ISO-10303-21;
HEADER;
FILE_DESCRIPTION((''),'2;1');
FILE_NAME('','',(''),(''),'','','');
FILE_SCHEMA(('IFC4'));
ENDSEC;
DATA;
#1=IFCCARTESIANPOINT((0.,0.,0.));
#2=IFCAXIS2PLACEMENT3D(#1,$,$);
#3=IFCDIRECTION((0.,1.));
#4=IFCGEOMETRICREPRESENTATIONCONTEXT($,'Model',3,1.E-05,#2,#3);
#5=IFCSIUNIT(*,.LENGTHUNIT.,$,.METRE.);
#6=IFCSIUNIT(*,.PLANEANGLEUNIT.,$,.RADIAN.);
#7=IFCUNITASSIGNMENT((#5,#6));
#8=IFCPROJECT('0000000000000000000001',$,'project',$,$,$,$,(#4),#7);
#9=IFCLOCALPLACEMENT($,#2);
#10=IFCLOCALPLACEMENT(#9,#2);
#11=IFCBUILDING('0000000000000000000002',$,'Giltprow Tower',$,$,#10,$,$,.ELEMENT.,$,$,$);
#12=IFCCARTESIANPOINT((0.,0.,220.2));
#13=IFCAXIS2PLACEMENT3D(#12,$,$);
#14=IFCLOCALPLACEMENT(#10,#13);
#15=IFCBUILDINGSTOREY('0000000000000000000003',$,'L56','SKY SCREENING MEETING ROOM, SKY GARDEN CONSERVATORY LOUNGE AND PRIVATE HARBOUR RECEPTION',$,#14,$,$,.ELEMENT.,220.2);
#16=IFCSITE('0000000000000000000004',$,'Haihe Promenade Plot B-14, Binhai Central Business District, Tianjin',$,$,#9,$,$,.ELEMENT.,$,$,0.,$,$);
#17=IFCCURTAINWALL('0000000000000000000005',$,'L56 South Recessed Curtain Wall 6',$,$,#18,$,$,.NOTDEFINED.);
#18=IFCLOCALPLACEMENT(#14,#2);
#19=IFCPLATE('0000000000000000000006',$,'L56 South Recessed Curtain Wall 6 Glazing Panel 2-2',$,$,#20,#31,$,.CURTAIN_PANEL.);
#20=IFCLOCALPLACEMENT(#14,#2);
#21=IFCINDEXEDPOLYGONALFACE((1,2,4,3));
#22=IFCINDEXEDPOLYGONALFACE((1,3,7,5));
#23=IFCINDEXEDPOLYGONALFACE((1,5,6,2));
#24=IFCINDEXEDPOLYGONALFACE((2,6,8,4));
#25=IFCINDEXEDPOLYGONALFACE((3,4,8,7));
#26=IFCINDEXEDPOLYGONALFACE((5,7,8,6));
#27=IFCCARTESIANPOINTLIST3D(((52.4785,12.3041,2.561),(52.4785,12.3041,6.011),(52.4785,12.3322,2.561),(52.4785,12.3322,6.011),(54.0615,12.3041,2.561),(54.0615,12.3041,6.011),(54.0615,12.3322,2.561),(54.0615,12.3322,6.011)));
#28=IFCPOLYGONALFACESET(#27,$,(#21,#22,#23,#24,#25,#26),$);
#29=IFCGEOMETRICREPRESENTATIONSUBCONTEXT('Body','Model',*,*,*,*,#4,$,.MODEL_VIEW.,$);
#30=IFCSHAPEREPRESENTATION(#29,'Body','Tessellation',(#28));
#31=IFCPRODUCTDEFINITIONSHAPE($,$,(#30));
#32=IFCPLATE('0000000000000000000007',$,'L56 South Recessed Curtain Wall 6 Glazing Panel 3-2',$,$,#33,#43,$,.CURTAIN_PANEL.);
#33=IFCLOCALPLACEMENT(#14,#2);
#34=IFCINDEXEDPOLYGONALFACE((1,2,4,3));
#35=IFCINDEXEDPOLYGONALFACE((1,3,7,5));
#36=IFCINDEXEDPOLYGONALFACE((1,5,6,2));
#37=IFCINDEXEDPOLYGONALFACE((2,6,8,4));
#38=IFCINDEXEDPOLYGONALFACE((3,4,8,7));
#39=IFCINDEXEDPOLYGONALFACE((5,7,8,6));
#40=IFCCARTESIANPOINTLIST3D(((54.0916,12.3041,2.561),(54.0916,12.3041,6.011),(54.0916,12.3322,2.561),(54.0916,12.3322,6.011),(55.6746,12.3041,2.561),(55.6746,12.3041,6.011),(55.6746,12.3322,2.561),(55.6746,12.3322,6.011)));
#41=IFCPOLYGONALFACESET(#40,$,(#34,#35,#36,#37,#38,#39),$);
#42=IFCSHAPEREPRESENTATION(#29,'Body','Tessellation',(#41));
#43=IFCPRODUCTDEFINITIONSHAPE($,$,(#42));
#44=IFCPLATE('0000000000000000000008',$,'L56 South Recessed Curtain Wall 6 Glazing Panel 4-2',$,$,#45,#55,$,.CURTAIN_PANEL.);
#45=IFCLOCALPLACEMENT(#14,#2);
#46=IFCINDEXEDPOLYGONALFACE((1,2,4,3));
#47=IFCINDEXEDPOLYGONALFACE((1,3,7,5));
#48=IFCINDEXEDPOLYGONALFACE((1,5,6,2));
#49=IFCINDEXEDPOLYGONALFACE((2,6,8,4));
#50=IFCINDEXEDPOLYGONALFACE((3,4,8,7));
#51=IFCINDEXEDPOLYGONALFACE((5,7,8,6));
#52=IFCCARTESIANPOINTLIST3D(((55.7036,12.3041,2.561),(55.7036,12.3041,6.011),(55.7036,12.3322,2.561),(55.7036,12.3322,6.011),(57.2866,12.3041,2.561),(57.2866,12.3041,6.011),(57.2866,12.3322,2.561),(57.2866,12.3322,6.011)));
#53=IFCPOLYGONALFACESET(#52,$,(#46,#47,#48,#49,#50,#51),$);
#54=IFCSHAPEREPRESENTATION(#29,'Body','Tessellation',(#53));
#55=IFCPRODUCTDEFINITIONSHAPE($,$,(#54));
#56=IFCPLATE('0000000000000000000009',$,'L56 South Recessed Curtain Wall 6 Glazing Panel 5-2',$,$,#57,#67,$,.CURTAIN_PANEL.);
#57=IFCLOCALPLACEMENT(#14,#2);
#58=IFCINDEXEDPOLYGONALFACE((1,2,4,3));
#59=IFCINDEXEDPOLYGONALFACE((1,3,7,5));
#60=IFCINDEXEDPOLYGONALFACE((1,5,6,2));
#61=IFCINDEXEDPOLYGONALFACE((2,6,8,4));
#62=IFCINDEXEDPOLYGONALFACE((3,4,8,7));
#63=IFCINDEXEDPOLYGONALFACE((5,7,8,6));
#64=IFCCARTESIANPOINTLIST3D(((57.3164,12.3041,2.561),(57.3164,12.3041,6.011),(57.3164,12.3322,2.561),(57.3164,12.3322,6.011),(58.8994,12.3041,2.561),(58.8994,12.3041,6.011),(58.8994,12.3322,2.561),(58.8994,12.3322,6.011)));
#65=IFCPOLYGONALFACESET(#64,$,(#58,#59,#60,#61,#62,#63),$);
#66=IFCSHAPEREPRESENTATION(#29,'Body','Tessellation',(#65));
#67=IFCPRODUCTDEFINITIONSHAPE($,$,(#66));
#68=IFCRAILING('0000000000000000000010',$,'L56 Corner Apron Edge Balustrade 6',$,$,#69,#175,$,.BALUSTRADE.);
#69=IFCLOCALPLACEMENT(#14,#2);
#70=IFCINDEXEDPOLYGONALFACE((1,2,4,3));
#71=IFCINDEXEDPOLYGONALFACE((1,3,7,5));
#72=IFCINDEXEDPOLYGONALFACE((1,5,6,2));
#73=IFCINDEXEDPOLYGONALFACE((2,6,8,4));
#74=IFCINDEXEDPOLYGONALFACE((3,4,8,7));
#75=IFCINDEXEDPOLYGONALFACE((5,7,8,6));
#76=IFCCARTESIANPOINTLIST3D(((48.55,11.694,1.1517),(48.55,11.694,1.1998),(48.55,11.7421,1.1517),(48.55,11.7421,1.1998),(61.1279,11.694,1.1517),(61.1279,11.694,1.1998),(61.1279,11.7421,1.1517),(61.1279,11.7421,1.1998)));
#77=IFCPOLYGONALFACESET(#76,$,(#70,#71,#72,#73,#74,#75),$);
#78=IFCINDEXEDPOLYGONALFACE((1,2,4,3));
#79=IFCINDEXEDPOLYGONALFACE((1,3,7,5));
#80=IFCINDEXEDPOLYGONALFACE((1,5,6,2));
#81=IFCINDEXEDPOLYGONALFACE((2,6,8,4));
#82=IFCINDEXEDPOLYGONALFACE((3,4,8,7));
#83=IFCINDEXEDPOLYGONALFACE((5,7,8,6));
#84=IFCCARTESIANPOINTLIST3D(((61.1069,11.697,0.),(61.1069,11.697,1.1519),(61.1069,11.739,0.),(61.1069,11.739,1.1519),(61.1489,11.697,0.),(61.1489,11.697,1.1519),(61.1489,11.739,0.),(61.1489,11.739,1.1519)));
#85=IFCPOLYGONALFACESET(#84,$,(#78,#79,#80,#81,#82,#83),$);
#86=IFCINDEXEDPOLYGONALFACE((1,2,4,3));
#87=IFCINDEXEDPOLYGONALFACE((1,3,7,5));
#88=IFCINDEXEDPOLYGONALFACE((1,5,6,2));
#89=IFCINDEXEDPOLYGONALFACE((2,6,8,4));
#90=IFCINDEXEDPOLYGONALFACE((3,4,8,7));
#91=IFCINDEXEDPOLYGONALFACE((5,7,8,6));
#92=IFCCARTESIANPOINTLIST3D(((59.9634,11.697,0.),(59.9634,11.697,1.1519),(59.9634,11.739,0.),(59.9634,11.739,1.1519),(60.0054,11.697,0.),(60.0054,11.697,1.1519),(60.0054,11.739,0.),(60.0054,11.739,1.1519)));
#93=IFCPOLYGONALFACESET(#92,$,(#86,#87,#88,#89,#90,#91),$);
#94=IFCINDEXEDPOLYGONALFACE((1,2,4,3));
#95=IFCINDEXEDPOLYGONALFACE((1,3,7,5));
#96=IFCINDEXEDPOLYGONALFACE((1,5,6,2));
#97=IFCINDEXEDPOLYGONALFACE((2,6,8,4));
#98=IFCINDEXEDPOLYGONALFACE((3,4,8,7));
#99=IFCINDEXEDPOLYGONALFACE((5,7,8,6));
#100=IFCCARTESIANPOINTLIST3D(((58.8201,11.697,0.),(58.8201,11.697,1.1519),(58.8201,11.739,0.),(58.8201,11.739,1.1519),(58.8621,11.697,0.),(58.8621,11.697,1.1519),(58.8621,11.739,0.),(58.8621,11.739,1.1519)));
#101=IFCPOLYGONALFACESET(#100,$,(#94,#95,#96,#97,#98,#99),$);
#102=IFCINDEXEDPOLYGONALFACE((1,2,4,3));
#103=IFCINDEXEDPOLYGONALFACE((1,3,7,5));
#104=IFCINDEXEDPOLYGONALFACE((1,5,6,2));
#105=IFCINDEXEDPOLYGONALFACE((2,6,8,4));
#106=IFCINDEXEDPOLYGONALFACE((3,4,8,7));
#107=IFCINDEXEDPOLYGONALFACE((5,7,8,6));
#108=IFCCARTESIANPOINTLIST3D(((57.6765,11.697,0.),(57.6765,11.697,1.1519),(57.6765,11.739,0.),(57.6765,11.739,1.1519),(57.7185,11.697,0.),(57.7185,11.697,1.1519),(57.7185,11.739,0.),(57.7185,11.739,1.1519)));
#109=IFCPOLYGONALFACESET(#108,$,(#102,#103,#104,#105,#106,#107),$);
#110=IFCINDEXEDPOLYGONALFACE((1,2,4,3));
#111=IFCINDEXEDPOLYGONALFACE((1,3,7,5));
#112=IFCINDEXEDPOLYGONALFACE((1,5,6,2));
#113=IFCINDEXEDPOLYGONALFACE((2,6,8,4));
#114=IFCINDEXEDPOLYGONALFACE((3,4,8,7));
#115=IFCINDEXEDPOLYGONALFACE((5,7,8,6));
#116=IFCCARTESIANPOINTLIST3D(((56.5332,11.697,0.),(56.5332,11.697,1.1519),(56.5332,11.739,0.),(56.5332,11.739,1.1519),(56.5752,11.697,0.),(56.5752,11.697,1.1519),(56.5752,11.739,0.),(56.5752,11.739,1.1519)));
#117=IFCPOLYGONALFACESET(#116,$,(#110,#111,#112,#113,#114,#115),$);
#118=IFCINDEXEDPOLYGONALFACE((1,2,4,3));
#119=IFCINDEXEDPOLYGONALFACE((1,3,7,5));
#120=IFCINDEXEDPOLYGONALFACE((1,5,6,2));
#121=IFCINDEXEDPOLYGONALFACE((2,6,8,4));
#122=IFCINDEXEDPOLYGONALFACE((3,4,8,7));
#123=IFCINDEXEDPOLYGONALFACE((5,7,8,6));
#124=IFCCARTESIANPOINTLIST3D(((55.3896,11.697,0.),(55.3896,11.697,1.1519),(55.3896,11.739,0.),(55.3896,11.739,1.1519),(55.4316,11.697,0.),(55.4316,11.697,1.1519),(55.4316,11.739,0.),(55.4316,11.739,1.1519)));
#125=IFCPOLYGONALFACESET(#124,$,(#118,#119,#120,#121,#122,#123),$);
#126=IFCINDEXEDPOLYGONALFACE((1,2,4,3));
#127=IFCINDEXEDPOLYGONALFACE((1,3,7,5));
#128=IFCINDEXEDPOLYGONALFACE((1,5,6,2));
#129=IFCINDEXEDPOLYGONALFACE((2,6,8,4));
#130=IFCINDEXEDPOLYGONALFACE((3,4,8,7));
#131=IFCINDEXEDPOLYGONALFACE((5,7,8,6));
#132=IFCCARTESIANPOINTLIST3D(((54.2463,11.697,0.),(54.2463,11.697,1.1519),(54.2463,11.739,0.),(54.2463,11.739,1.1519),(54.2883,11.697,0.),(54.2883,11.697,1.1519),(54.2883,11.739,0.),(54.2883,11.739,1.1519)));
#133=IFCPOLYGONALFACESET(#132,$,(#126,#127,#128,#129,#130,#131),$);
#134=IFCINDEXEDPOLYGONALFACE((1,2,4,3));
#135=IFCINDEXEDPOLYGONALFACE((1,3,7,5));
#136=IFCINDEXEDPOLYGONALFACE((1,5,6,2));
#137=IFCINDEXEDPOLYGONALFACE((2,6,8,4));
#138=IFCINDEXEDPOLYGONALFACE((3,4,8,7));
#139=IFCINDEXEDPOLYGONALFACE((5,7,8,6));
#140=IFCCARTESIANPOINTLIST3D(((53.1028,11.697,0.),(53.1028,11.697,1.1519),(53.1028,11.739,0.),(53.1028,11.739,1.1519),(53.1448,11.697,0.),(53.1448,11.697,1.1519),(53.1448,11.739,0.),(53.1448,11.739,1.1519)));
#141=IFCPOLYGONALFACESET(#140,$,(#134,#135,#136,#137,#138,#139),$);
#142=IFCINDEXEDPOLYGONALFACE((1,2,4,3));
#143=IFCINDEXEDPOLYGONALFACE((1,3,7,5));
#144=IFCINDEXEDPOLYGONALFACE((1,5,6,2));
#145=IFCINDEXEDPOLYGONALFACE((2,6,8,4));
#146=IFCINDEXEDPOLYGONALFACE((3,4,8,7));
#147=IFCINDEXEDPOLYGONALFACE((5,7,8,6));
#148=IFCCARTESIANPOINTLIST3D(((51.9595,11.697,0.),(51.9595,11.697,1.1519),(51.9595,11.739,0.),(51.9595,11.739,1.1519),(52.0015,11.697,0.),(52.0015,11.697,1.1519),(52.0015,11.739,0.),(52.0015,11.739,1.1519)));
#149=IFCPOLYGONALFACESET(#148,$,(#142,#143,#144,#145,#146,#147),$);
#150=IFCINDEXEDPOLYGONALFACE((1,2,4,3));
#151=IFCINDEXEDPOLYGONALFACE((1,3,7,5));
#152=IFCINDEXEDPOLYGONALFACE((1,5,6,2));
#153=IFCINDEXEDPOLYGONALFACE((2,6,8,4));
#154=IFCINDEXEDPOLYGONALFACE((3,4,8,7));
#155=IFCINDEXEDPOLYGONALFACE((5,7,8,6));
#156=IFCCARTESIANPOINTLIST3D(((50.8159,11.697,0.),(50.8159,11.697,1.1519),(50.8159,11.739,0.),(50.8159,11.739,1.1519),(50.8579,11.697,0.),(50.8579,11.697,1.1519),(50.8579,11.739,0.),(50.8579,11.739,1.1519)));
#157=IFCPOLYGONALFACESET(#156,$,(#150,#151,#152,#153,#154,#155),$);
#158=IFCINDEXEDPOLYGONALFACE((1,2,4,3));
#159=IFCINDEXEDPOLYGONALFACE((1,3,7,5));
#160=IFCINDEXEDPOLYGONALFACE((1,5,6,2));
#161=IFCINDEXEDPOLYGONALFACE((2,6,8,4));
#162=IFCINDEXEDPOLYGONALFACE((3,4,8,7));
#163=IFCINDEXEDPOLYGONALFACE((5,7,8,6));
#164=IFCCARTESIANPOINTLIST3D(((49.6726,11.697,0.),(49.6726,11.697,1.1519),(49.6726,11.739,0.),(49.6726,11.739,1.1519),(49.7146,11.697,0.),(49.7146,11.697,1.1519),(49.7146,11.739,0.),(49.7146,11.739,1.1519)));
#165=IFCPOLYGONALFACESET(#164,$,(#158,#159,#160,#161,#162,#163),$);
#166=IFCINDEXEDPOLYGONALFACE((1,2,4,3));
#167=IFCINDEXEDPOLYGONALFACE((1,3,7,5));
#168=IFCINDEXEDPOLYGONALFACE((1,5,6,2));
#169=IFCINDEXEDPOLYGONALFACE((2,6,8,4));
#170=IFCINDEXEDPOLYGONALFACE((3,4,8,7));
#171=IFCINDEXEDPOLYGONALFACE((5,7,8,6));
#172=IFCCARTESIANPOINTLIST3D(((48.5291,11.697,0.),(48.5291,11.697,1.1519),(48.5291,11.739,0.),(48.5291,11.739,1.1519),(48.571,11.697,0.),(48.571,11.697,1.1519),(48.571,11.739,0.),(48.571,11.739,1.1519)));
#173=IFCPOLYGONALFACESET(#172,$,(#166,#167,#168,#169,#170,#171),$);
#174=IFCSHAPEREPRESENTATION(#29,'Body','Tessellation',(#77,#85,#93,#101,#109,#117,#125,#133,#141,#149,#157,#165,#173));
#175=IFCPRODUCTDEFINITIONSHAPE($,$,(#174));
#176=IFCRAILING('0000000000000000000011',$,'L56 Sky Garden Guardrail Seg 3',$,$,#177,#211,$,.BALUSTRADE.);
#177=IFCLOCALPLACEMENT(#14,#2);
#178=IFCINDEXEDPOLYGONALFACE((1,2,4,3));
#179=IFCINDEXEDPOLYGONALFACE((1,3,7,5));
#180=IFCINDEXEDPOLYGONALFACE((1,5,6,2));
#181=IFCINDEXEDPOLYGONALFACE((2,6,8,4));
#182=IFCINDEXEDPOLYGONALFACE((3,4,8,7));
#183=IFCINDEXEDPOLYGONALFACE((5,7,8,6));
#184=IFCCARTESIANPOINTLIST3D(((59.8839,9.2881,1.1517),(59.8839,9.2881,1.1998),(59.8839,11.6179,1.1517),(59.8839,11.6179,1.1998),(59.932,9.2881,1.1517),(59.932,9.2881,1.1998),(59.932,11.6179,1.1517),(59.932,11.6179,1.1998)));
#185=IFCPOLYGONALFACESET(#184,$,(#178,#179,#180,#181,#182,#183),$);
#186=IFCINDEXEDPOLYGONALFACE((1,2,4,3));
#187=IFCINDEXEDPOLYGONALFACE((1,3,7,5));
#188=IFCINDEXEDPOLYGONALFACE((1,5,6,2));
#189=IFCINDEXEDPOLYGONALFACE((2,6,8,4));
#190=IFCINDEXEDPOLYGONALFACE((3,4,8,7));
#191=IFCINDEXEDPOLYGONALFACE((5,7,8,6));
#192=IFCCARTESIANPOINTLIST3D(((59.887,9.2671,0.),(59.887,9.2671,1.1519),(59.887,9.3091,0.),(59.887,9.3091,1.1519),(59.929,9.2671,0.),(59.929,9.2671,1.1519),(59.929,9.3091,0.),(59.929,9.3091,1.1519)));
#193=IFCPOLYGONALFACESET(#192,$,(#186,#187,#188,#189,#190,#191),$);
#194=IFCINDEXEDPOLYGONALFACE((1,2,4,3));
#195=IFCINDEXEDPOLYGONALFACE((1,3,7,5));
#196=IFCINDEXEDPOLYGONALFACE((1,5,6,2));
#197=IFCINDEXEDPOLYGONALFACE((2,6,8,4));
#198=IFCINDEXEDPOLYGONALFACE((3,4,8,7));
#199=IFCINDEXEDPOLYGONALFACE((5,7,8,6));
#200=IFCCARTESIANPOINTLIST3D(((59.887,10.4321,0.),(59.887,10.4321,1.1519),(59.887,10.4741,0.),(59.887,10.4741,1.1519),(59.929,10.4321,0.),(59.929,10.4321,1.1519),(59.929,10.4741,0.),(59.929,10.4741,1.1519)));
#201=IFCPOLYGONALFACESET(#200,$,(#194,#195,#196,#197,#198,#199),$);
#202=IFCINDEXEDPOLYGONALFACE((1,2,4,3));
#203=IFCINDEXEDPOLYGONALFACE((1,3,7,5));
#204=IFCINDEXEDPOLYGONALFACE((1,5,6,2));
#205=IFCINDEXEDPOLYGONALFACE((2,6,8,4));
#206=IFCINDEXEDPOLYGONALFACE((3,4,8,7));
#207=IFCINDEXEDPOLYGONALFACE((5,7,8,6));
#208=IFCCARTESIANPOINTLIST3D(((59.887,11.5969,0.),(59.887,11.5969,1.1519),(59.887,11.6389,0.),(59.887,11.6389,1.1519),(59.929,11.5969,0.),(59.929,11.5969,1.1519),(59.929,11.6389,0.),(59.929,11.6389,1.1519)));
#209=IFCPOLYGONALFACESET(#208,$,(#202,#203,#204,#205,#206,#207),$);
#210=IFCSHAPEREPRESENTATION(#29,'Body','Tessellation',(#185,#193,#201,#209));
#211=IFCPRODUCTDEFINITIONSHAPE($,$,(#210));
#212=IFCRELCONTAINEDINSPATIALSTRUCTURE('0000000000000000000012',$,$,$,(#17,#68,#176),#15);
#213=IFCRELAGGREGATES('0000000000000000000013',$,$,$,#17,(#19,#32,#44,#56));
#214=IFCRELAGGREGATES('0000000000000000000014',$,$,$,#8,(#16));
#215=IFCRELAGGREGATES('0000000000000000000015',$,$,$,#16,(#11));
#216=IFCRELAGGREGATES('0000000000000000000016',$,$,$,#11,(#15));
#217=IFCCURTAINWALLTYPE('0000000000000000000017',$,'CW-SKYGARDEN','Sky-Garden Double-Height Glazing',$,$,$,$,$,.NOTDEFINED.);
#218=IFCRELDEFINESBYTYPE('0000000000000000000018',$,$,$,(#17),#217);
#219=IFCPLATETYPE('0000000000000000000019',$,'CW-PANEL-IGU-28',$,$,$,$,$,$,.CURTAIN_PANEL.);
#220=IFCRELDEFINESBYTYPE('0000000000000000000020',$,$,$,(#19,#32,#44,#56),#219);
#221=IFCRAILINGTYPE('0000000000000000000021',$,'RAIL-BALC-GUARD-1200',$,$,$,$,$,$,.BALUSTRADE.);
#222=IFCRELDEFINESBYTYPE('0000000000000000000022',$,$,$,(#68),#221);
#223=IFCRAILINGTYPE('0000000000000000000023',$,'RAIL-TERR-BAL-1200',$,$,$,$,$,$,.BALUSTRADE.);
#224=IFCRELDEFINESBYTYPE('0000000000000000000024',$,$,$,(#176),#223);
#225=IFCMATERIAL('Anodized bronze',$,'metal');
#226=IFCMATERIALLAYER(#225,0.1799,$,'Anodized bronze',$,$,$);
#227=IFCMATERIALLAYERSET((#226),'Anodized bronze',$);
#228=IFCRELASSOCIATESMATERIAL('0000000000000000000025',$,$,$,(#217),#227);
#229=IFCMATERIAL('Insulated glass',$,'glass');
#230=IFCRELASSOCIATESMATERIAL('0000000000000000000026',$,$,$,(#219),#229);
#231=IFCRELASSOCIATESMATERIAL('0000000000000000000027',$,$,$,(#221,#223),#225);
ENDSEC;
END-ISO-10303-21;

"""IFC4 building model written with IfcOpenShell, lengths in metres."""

from ifc_helpers import new_model, si_unit, direction, frame, origin, origin_2d, place, context, subcontext, project, spatial, rectangle, extrude, source, transform, mapped, material, layer, layer_set, type_object, element, aggregate, save


model = new_model("IFC4")

# Units and contexts
model_context = context("Model", 3, precision=1e-05, world=origin(), true_north=direction((0.0, 1.0)))
body_context = subcontext(model_context, "Body", "Model", "MODEL_VIEW")
ifc_project = project(units=[si_unit("LENGTHUNIT", "METRE"), si_unit("PLANEANGLEUNIT", "RADIAN")], contexts=[model_context])

# Site, building, storey
site_placement = place(None, origin())
site = spatial("IfcSite", under=ifc_project, at=site_placement, Name="Haihe Promenade Plot B-14, Binhai Central Business District, Tianjin", CompositionType="ELEMENT", RefElevation=0.0)
building_placement = place(site_placement, origin())
building = spatial("IfcBuilding", under=site, at=building_placement, Name="Giltprow Tower", CompositionType="ELEMENT")
storey_placement = place(building_placement, frame((0.0, 0.0, 220.2)))
storey = spatial("IfcBuildingStorey", under=building, at=storey_placement, Name="L56", Description="SKY SCREENING MEETING ROOM, SKY GARDEN CONSERVATORY LOUNGE AND PRIVATE HARBOUR RECEPTION", CompositionType="ELEMENT", Elevation=220.2)

# Curtain wall, plates
ifc_material_1 = material(Name="Anodized bronze", Category="metal")
ifc_layer = layer(ifc_material_1, 0.1799, Name="Anodized bronze")
ifc_layer_set = layer_set([ifc_layer], Name="Anodized bronze")
curtain_wall_type = type_object("IfcCurtainWallType", Name="CW-SKYGARDEN", Description="Sky-Garden Double-Height Glazing", PredefinedType="NOTDEFINED", material=ifc_layer_set)
curtain_wall_placement = place(storey_placement, origin())
curtain_wall = element("IfcCurtainWall", 1, at=curtain_wall_placement, inside=storey, type_object=curtain_wall_type, Name="L56 South Recessed Curtain Wall 6", PredefinedType="NOTDEFINED")
ifc_material_2 = material(Name="Insulated glass", Category="glass")
plate_type = type_object("IfcPlateType", Name="CW-PANEL-IGU-28", PredefinedType="CURTAIN_PANEL", material=ifc_material_2)
shared_shape_1 = source(origin(), body_context, "Body", "SweptSolid", [
    extrude(rectangle(XDim=1.583, YDim=0.0281, at=origin_2d()), origin(), (0.0, 0.0, 1.0), 3.45),
])
plate_1_placement = place(storey_placement, frame((53.27, 12.3181, 2.561), z_axis=(0.0, 0.0, 1.0), x_axis=(1.0, 0.0, 0.0)))
plate_1 = element("IfcPlate", 2, at=plate_1_placement, type_object=plate_type, Name="L56 South Recessed Curtain Wall 6 Glazing Panel 2-2", PredefinedType="CURTAIN_PANEL", context=body_context, shape_type="MappedRepresentation", body=[
    mapped(shared_shape_1, transform((0.0, 0.0, 0.0), x_axis=(1.0, 0.0, 0.0), y_axis=(0.0, 1.0, 0.0), z_axis=(0.0, 0.0, 1.0), scale=1.0)),
])
plate_2_placement = place(storey_placement, frame((54.8831, 12.3181, 2.561), z_axis=(0.0, 0.0, 1.0), x_axis=(1.0, 0.0, 0.0)))
plate_2 = element("IfcPlate", 3, at=plate_2_placement, type_object=plate_type, Name="L56 South Recessed Curtain Wall 6 Glazing Panel 3-2", PredefinedType="CURTAIN_PANEL", context=body_context, shape_type="MappedRepresentation", body=[
    mapped(shared_shape_1, transform((0.0, 0.0, 0.0), x_axis=(1.0, 0.0, 0.0), y_axis=(0.0, 1.0, 0.0), z_axis=(0.0, 0.0, 1.0), scale=1.0)),
])
plate_3_placement = place(storey_placement, frame((56.4951, 12.3181, 2.561), z_axis=(0.0, 0.0, 1.0), x_axis=(1.0, 0.0, 0.0)))
plate_3 = element("IfcPlate", 4, at=plate_3_placement, type_object=plate_type, Name="L56 South Recessed Curtain Wall 6 Glazing Panel 4-2", PredefinedType="CURTAIN_PANEL", context=body_context, shape_type="MappedRepresentation", body=[
    mapped(shared_shape_1, transform((0.0, 0.0, 0.0), x_axis=(1.0, 0.0, 0.0), y_axis=(0.0, 1.0, 0.0), z_axis=(0.0, 0.0, 1.0), scale=1.0)),
])
plate_4_placement = place(storey_placement, frame((58.1079, 12.3181, 2.561), z_axis=(0.0, 0.0, 1.0), x_axis=(1.0, 0.0, 0.0)))
plate_4 = element("IfcPlate", 5, at=plate_4_placement, type_object=plate_type, Name="L56 South Recessed Curtain Wall 6 Glazing Panel 5-2", PredefinedType="CURTAIN_PANEL", context=body_context, shape_type="MappedRepresentation", body=[
    mapped(shared_shape_1, transform((0.0, 0.0, 0.0), x_axis=(1.0, 0.0, 0.0), y_axis=(0.0, 1.0, 0.0), z_axis=(0.0, 0.0, 1.0), scale=1.0)),
])
aggregate(curtain_wall, [plate_1, plate_2, plate_3, plate_4])

# Railings
railing_type_1 = type_object("IfcRailingType", Name="RAIL-BALC-GUARD-1200", PredefinedType="BALUSTRADE", material=ifc_material_1)
railing_1_placement = place(storey_placement, frame((61.1279, 11.718, 0.0)))
element("IfcRailing", 6, at=railing_1_placement, inside=storey, type_object=railing_type_1, Name="L56 Corner Apron Edge Balustrade 6", PredefinedType="BALUSTRADE", context=body_context, shape_type="SweptSolid", body=[
    extrude(rectangle(XDim=0.0481, YDim=0.0481, at=origin_2d()), frame((0.0, 0.0, 1.1758), z_axis=(-1.0, 0.0, 0.0), x_axis=(0.0, -1.0, 0.0)), (0.0, 0.0, 1.0), 12.5779),
    extrude(rectangle(XDim=0.042, YDim=0.042, at=origin_2d()), origin(), (0.0, 0.0, 1.0), 1.1519),
    extrude(rectangle(XDim=0.042, YDim=0.042, at=origin_2d()), frame((-1.1436, 0.0, 0.0)), (0.0, 0.0, 1.0), 1.1519),
    extrude(rectangle(XDim=0.042, YDim=0.042, at=origin_2d()), frame((-2.2869, 0.0, 0.0)), (0.0, 0.0, 1.0), 1.1519),
    extrude(rectangle(XDim=0.042, YDim=0.042, at=origin_2d()), frame((-3.4304, 0.0, 0.0)), (0.0, 0.0, 1.0), 1.1519),
    extrude(rectangle(XDim=0.042, YDim=0.042, at=origin_2d()), frame((-4.5737, 0.0, 0.0)), (0.0, 0.0, 1.0), 1.1519),
    extrude(rectangle(XDim=0.042, YDim=0.042, at=origin_2d()), frame((-5.7173, 0.0, 0.0)), (0.0, 0.0, 1.0), 1.1519),
    extrude(rectangle(XDim=0.042, YDim=0.042, at=origin_2d()), frame((-6.8606, 0.0, 0.0)), (0.0, 0.0, 1.0), 1.1519),
    extrude(rectangle(XDim=0.042, YDim=0.042, at=origin_2d()), frame((-8.0042, 0.0, 0.0)), (0.0, 0.0, 1.0), 1.1519),
    extrude(rectangle(XDim=0.042, YDim=0.042, at=origin_2d()), frame((-9.1475, 0.0, 0.0)), (0.0, 0.0, 1.0), 1.1519),
    extrude(rectangle(XDim=0.042, YDim=0.042, at=origin_2d()), frame((-10.291, 0.0, 0.0)), (0.0, 0.0, 1.0), 1.1519),
    extrude(rectangle(XDim=0.042, YDim=0.042, at=origin_2d()), frame((-11.4343, 0.0, 0.0)), (0.0, 0.0, 1.0), 1.1519),
    extrude(rectangle(XDim=0.042, YDim=0.042, at=origin_2d()), frame((-12.5779, 0.0, 0.0)), (0.0, 0.0, 1.0), 1.1519),
])
railing_type_2 = type_object("IfcRailingType", Name="RAIL-TERR-BAL-1200", PredefinedType="BALUSTRADE", material=ifc_material_1)
railing_2_placement = place(storey_placement, frame((59.908, 9.2881, 0.0)))
element("IfcRailing", 7, at=railing_2_placement, inside=storey, type_object=railing_type_2, Name="L56 Sky Garden Guardrail Seg 3", PredefinedType="BALUSTRADE", context=body_context, shape_type="SweptSolid", body=[
    extrude(rectangle(XDim=0.0481, YDim=0.0481, at=origin_2d()), frame((0.0, 0.0, 1.1758), z_axis=(0.0, 1.0, 0.0), x_axis=(-1.0, 0.0, 0.0)), (0.0, 0.0, 1.0), 2.3298),
    extrude(rectangle(XDim=0.042, YDim=0.042, at=origin_2d()), origin(), (0.0, 0.0, 1.0), 1.1519),
    extrude(rectangle(XDim=0.042, YDim=0.042, at=origin_2d()), frame((0.0, 1.165, 0.0)), (0.0, 0.0, 1.0), 1.1519),
    extrude(rectangle(XDim=0.042, YDim=0.042, at=origin_2d()), frame((0.0, 2.3298, 0.0)), (0.0, 0.0, 1.0), 1.1519),
])

save(model, "model.ifc")
